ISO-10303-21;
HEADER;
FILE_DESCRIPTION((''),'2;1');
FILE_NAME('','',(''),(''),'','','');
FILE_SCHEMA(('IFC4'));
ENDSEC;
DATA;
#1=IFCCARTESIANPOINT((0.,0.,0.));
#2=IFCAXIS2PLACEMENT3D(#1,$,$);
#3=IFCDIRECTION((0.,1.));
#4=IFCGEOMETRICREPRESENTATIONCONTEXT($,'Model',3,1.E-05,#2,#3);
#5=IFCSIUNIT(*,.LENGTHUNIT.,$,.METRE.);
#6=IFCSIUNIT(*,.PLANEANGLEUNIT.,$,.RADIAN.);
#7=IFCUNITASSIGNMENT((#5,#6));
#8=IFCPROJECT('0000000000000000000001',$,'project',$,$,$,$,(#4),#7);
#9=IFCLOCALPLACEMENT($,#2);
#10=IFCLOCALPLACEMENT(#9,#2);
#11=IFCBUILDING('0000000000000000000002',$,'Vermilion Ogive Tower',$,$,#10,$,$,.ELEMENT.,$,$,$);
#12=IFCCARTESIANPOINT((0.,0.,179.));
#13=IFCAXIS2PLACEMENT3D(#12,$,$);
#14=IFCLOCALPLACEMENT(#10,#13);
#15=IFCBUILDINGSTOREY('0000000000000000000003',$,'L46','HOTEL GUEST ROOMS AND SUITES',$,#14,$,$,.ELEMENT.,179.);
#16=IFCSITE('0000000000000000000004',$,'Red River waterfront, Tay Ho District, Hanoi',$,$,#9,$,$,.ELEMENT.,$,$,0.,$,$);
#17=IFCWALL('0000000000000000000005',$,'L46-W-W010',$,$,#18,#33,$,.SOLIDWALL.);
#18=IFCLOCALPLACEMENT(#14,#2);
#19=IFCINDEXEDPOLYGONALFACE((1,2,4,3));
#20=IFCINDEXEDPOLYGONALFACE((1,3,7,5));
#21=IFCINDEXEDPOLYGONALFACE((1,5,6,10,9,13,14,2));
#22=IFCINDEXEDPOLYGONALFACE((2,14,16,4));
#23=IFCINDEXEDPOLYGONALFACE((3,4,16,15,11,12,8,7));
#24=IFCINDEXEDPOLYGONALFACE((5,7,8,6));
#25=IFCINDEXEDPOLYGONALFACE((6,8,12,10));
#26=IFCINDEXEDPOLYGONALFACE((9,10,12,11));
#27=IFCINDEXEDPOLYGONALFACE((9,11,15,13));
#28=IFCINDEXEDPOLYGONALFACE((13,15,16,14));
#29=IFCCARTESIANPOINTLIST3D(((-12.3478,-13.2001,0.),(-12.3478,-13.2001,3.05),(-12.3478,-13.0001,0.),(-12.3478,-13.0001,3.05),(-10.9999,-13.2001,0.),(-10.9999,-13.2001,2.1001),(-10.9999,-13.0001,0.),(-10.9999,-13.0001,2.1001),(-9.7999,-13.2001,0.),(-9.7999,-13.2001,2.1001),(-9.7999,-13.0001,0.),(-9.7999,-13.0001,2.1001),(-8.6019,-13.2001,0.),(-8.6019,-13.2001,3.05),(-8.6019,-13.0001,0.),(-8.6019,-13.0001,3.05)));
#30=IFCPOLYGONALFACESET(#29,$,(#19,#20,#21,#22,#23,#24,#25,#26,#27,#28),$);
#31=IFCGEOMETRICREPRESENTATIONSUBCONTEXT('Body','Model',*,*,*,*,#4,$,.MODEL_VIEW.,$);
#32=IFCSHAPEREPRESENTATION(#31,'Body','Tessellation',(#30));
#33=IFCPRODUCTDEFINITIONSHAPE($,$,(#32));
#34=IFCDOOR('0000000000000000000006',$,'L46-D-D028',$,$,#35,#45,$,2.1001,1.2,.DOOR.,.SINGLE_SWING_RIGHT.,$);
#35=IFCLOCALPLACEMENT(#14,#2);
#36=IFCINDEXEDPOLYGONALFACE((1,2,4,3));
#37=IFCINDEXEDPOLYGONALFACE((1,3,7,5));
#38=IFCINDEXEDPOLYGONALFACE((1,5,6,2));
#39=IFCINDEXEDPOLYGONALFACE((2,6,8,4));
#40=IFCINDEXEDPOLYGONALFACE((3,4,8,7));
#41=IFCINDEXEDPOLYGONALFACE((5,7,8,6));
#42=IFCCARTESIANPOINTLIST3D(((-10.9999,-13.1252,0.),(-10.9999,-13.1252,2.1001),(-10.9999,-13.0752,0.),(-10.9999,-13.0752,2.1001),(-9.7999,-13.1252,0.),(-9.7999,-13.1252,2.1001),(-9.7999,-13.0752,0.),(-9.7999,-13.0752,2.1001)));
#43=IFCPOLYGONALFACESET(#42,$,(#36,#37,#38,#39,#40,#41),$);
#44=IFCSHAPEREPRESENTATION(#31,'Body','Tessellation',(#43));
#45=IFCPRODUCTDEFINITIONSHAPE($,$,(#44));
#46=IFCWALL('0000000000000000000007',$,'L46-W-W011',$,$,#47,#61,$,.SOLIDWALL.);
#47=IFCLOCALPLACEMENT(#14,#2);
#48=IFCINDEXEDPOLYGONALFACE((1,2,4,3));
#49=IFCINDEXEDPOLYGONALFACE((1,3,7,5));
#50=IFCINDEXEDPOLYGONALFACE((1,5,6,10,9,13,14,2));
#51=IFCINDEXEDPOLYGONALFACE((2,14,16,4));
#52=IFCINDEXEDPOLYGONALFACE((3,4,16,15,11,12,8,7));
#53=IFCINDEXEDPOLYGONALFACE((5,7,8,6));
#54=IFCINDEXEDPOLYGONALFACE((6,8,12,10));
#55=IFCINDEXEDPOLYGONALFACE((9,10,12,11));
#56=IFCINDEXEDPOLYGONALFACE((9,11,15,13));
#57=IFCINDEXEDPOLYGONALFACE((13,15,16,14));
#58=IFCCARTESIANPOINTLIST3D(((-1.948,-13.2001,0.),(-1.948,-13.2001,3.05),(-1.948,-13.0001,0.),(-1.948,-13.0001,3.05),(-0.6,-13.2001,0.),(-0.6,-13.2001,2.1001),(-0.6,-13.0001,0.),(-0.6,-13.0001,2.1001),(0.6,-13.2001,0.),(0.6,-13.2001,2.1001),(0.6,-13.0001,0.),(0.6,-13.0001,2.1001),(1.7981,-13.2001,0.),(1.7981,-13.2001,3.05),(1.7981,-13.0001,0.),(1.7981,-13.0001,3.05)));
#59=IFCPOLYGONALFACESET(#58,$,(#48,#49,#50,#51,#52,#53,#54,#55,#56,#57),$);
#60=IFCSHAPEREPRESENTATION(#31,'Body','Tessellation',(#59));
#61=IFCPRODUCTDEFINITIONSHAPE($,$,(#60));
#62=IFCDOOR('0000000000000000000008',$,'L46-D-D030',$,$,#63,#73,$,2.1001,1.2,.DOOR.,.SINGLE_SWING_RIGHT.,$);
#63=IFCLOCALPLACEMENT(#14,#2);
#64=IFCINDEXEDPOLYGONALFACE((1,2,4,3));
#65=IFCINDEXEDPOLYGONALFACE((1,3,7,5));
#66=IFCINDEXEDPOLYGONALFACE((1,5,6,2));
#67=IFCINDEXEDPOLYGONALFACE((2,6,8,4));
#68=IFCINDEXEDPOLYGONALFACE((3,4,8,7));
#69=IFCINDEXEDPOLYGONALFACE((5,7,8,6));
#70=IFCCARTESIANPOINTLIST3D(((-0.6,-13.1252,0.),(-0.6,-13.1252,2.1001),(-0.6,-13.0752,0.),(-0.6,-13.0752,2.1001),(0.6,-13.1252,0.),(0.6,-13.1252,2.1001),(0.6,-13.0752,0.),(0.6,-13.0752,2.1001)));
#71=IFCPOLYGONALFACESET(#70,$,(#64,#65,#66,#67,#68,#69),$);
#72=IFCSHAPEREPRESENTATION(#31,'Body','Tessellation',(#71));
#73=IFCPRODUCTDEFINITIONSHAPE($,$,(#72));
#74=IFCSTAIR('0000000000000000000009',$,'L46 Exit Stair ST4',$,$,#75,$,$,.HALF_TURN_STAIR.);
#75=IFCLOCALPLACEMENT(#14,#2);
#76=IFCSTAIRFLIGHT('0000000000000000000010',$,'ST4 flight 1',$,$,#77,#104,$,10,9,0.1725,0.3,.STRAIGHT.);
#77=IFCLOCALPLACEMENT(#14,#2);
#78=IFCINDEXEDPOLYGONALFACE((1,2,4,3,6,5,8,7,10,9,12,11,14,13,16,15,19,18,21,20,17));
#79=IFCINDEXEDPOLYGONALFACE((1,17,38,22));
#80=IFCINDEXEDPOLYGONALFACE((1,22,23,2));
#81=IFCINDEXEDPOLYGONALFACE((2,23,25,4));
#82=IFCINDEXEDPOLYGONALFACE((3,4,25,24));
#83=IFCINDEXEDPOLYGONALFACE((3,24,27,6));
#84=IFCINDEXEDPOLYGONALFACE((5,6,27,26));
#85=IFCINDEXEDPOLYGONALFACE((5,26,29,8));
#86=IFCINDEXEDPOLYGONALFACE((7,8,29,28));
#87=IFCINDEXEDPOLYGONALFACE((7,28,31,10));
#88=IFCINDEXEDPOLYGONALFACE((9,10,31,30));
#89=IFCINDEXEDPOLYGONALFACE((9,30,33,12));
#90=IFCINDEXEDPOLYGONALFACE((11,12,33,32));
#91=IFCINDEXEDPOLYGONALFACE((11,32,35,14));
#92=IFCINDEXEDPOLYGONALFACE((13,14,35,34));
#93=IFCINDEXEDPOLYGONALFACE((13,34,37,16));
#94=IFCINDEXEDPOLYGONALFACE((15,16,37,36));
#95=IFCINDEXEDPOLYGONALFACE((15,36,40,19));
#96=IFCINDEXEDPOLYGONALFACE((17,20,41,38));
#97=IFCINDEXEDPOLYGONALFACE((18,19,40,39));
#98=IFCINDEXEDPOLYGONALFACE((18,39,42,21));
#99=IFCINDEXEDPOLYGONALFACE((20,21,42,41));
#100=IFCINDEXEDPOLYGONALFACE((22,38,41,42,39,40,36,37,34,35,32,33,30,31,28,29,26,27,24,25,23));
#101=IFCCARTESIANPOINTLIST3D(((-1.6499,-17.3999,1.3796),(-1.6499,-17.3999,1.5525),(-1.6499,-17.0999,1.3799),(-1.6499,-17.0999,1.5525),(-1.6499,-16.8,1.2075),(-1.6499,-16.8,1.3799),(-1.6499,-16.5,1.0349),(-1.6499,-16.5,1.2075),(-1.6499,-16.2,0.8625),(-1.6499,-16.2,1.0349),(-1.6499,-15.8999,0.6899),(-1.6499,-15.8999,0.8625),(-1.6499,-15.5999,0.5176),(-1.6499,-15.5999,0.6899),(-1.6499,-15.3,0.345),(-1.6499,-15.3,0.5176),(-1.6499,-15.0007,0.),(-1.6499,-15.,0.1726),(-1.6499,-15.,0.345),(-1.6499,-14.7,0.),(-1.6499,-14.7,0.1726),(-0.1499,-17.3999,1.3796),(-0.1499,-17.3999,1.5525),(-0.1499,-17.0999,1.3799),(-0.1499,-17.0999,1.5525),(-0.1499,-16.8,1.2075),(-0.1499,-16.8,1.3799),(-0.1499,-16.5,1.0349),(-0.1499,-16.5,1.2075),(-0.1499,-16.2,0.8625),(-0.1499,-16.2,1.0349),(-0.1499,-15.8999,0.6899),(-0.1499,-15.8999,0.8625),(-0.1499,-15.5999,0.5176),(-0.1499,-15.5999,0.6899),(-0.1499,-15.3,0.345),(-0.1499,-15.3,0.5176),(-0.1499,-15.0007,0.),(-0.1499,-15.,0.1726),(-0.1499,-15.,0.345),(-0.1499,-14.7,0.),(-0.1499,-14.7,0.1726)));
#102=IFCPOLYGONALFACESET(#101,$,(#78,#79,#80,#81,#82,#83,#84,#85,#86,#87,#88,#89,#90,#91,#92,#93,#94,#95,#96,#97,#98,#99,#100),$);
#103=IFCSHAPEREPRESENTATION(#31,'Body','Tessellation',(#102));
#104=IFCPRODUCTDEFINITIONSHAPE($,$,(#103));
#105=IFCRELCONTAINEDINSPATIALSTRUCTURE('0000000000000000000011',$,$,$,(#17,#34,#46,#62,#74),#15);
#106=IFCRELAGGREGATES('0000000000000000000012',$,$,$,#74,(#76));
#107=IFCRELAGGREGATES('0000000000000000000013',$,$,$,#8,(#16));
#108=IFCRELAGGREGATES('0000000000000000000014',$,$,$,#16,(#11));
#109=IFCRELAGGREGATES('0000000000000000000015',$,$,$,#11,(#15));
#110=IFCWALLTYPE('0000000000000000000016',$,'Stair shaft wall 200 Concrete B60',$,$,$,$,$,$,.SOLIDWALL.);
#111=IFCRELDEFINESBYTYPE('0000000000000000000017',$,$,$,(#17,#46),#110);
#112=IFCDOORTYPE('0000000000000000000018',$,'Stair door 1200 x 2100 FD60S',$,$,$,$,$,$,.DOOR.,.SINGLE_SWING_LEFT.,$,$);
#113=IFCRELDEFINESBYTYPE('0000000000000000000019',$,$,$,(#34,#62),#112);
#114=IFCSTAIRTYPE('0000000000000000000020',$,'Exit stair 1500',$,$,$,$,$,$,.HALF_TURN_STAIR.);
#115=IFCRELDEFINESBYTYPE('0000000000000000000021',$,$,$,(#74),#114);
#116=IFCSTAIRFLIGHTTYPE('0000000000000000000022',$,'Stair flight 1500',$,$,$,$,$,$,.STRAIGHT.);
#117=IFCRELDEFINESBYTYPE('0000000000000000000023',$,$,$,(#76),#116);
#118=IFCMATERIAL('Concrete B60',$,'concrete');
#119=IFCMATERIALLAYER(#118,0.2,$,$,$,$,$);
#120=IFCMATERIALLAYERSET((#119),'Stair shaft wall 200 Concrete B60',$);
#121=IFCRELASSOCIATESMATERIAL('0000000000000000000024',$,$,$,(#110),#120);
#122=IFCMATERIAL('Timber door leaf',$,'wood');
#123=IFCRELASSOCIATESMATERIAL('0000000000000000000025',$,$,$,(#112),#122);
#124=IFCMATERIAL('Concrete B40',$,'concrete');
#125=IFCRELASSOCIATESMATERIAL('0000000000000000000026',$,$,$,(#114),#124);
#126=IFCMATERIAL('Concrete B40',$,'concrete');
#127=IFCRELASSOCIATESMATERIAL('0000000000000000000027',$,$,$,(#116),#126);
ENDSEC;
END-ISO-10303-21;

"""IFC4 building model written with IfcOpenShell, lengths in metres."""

from ifc_helpers import new_model, si_unit, direction, frame, frame_2d, origin, place, context, subcontext, project, spatial, polyline, rectangle, outline, extrude, material, layer, layer_set, type_object, element, fill, aggregate, save


model = new_model("IFC4")

# Units and contexts
model_context = context("Model", 3, precision=1e-05, world=origin(), true_north=direction((0.0, 1.0)))
body_context = subcontext(model_context, "Body", "Model", "MODEL_VIEW")
ifc_project = project(units=[si_unit("LENGTHUNIT", "METRE"), si_unit("PLANEANGLEUNIT", "RADIAN")], contexts=[model_context])

# Site, building, storey
site_placement = place(None, origin())
site = spatial("IfcSite", under=ifc_project, at=site_placement, Name="Red River waterfront, Tay Ho District, Hanoi", CompositionType="ELEMENT", RefElevation=0.0)
building_placement = place(site_placement, origin())
building = spatial("IfcBuilding", under=site, at=building_placement, Name="Vermilion Ogive Tower", CompositionType="ELEMENT")
storey_placement = place(building_placement, frame((0.0, 0.0, 179.0)))
storey = spatial("IfcBuildingStorey", under=building, at=storey_placement, Name="L46", Description="HOTEL GUEST ROOMS AND SUITES", CompositionType="ELEMENT", Elevation=179.0)

# Walls, openings, doors
ifc_material_1 = material(Name="Concrete B60", Category="concrete")
ifc_layer_1 = layer(ifc_material_1, 0.2)
ifc_layer_set_1 = layer_set([ifc_layer_1], Name="Stair shaft wall 200 Concrete B60")
wall_type_1 = type_object("IfcWallType", Name="Stair shaft wall 200 Concrete B60", PredefinedType="SOLIDWALL", material=ifc_layer_set_1)
wall_1_placement = place(storey_placement, frame((-12.3479, -13.1001, 0.0), z_axis=(0.0, 0.0, 1.0), x_axis=(1.0, 0.0, 0.0)))
wall_1 = element("IfcWall", 1, at=wall_1_placement, inside=storey, type_object=wall_type_1, Name="L46-W-W010", PredefinedType="SOLIDWALL", context=body_context, shape_type="SweptSolid", body=[
    extrude(rectangle(XDim=3.7458, YDim=0.2, at=frame_2d((1.873, 0.0))), origin(), (0.0, 0.0, 1.0), 3.05),
])
opening_1_placement = place(wall_1_placement, frame((1.3479, 0.0, 0.0)))
opening_1 = element("IfcOpeningElement", 2, at=opening_1_placement, cuts=wall_1, PredefinedType="OPENING", context=body_context, shape_type="SweptSolid", body=[
    extrude(rectangle(XDim=1.2, YDim=2.1001, at=frame_2d((0.6001, 1.05))), frame((0.0, 0.1099, 0.0), z_axis=(0.0, -1.0, 0.0), x_axis=(1.0, 0.0, 0.0)), (0.0, 0.0, 1.0), 0.22),
])
ifc_material_2 = material(Name="Timber door leaf", Category="wood")
door_type_1 = type_object("IfcDoorType", Name="Stair door 1200 x 2100 FD60S", OperationType="SINGLE_SWING_LEFT", PredefinedType="DOOR", material=ifc_material_2)
door_1_placement = place(opening_1_placement, origin())
door_1 = element("IfcDoor", 3, at=door_1_placement, inside=storey, type_object=door_type_1, Name="L46-D-D028", OperationType="SINGLE_SWING_RIGHT", OverallHeight=2.1001, OverallWidth=1.2, PredefinedType="DOOR", context=body_context, shape_type="SweptSolid", body=[
    extrude(rectangle(XDim=1.2, YDim=2.1001, at=frame_2d((0.6001, 1.05))), frame((0.0, 0.0249, 0.0), z_axis=(0.0, -1.0, 0.0), x_axis=(1.0, 0.0, 0.0)), (0.0, 0.0, 1.0), 0.05),
])
fill(opening_1, door_1)
wall_2_placement = place(storey_placement, frame((-1.948, -13.1001, 0.0), z_axis=(0.0, 0.0, 1.0), x_axis=(1.0, 0.0, 0.0)))
wall_2 = element("IfcWall", 4, at=wall_2_placement, inside=storey, type_object=wall_type_1, Name="L46-W-W011", PredefinedType="SOLIDWALL", context=body_context, shape_type="SweptSolid", body=[
    extrude(rectangle(XDim=3.7461, YDim=0.2, at=frame_2d((1.873, 0.0))), origin(), (0.0, 0.0, 1.0), 3.05),
])
opening_2_placement = place(wall_2_placement, frame((1.3479, 0.0, 0.0)))
opening_2 = element("IfcOpeningElement", 5, at=opening_2_placement, cuts=wall_2, PredefinedType="OPENING", context=body_context, shape_type="SweptSolid", body=[
    extrude(rectangle(XDim=1.2, YDim=2.1001, at=frame_2d((0.6001, 1.05))), frame((0.0, 0.1099, 0.0), z_axis=(0.0, -1.0, 0.0), x_axis=(1.0, 0.0, 0.0)), (0.0, 0.0, 1.0), 0.22),
])
door_2_placement = place(opening_2_placement, origin())
door_2 = element("IfcDoor", 6, at=door_2_placement, inside=storey, type_object=door_type_1, Name="L46-D-D030", OperationType="SINGLE_SWING_RIGHT", OverallHeight=2.1001, OverallWidth=1.2, PredefinedType="DOOR", context=body_context, shape_type="SweptSolid", body=[
    extrude(rectangle(XDim=1.2, YDim=2.1001, at=frame_2d((0.6001, 1.05))), frame((0.0, 0.0249, 0.0), z_axis=(0.0, -1.0, 0.0), x_axis=(1.0, 0.0, 0.0)), (0.0, 0.0, 1.0), 0.05),
])
fill(opening_2, door_2)

# Stair, stair flight
ifc_material_3 = material(Name="Concrete B40", Category="concrete")
stair_type = type_object("IfcStairType", Name="Exit stair 1500", PredefinedType="HALF_TURN_STAIR", material=ifc_material_3)
stair_placement = place(storey_placement, origin())
stair = element("IfcStair", 7, at=stair_placement, inside=storey, type_object=stair_type, Name="L46 Exit Stair ST4", PredefinedType="HALF_TURN_STAIR")
ifc_material_4 = material(Name="Concrete B40", Category="concrete")
stair_flight_type = type_object("IfcStairFlightType", Name="Stair flight 1500", PredefinedType="STRAIGHT", material=ifc_material_4)
stair_flight_placement = place(storey_placement, frame((-0.8999, -14.7, 0.0), z_axis=(0.0, 0.0, 1.0), x_axis=(0.0, -1.0, 0.0)))
stair_flight = element("IfcStairFlight", 8, at=stair_flight_placement, type_object=stair_flight_type, Name="ST4 flight 1", NumberOfRisers=10, NumberOfTreads=9, PredefinedType="STRAIGHT", RiserHeight=0.1725, TreadLength=0.3, context=body_context, shape_type="SweptSolid", body=[
    extrude(outline(polyline([(0.0, 0.0), (0.0, 0.1726), (0.3, 0.1726), (0.3, 0.345), (0.6001, 0.345), (0.6001, 0.5176), (0.8999, 0.5176), (0.8999, 0.6899), (1.2, 0.6899), (1.2, 0.8625), (1.5, 0.8625), (1.5, 1.0349), (1.8, 1.0349), (1.8, 1.2075), (2.1001, 1.2075), (2.1001, 1.3799), (2.3999, 1.3799), (2.3999, 1.5525), (2.7, 1.5525), (2.7, 1.7251), (2.7, 1.3796), (0.3008, 0.0), (0.0, 0.0)])), frame((0.0, 0.75, 0.0), z_axis=(0.0, -1.0, 0.0), x_axis=(1.0, 0.0, 0.0)), (0.0, 0.0, 1.0), 1.5),
])
aggregate(stair, [stair_flight])

save(model, "model.ifc")
